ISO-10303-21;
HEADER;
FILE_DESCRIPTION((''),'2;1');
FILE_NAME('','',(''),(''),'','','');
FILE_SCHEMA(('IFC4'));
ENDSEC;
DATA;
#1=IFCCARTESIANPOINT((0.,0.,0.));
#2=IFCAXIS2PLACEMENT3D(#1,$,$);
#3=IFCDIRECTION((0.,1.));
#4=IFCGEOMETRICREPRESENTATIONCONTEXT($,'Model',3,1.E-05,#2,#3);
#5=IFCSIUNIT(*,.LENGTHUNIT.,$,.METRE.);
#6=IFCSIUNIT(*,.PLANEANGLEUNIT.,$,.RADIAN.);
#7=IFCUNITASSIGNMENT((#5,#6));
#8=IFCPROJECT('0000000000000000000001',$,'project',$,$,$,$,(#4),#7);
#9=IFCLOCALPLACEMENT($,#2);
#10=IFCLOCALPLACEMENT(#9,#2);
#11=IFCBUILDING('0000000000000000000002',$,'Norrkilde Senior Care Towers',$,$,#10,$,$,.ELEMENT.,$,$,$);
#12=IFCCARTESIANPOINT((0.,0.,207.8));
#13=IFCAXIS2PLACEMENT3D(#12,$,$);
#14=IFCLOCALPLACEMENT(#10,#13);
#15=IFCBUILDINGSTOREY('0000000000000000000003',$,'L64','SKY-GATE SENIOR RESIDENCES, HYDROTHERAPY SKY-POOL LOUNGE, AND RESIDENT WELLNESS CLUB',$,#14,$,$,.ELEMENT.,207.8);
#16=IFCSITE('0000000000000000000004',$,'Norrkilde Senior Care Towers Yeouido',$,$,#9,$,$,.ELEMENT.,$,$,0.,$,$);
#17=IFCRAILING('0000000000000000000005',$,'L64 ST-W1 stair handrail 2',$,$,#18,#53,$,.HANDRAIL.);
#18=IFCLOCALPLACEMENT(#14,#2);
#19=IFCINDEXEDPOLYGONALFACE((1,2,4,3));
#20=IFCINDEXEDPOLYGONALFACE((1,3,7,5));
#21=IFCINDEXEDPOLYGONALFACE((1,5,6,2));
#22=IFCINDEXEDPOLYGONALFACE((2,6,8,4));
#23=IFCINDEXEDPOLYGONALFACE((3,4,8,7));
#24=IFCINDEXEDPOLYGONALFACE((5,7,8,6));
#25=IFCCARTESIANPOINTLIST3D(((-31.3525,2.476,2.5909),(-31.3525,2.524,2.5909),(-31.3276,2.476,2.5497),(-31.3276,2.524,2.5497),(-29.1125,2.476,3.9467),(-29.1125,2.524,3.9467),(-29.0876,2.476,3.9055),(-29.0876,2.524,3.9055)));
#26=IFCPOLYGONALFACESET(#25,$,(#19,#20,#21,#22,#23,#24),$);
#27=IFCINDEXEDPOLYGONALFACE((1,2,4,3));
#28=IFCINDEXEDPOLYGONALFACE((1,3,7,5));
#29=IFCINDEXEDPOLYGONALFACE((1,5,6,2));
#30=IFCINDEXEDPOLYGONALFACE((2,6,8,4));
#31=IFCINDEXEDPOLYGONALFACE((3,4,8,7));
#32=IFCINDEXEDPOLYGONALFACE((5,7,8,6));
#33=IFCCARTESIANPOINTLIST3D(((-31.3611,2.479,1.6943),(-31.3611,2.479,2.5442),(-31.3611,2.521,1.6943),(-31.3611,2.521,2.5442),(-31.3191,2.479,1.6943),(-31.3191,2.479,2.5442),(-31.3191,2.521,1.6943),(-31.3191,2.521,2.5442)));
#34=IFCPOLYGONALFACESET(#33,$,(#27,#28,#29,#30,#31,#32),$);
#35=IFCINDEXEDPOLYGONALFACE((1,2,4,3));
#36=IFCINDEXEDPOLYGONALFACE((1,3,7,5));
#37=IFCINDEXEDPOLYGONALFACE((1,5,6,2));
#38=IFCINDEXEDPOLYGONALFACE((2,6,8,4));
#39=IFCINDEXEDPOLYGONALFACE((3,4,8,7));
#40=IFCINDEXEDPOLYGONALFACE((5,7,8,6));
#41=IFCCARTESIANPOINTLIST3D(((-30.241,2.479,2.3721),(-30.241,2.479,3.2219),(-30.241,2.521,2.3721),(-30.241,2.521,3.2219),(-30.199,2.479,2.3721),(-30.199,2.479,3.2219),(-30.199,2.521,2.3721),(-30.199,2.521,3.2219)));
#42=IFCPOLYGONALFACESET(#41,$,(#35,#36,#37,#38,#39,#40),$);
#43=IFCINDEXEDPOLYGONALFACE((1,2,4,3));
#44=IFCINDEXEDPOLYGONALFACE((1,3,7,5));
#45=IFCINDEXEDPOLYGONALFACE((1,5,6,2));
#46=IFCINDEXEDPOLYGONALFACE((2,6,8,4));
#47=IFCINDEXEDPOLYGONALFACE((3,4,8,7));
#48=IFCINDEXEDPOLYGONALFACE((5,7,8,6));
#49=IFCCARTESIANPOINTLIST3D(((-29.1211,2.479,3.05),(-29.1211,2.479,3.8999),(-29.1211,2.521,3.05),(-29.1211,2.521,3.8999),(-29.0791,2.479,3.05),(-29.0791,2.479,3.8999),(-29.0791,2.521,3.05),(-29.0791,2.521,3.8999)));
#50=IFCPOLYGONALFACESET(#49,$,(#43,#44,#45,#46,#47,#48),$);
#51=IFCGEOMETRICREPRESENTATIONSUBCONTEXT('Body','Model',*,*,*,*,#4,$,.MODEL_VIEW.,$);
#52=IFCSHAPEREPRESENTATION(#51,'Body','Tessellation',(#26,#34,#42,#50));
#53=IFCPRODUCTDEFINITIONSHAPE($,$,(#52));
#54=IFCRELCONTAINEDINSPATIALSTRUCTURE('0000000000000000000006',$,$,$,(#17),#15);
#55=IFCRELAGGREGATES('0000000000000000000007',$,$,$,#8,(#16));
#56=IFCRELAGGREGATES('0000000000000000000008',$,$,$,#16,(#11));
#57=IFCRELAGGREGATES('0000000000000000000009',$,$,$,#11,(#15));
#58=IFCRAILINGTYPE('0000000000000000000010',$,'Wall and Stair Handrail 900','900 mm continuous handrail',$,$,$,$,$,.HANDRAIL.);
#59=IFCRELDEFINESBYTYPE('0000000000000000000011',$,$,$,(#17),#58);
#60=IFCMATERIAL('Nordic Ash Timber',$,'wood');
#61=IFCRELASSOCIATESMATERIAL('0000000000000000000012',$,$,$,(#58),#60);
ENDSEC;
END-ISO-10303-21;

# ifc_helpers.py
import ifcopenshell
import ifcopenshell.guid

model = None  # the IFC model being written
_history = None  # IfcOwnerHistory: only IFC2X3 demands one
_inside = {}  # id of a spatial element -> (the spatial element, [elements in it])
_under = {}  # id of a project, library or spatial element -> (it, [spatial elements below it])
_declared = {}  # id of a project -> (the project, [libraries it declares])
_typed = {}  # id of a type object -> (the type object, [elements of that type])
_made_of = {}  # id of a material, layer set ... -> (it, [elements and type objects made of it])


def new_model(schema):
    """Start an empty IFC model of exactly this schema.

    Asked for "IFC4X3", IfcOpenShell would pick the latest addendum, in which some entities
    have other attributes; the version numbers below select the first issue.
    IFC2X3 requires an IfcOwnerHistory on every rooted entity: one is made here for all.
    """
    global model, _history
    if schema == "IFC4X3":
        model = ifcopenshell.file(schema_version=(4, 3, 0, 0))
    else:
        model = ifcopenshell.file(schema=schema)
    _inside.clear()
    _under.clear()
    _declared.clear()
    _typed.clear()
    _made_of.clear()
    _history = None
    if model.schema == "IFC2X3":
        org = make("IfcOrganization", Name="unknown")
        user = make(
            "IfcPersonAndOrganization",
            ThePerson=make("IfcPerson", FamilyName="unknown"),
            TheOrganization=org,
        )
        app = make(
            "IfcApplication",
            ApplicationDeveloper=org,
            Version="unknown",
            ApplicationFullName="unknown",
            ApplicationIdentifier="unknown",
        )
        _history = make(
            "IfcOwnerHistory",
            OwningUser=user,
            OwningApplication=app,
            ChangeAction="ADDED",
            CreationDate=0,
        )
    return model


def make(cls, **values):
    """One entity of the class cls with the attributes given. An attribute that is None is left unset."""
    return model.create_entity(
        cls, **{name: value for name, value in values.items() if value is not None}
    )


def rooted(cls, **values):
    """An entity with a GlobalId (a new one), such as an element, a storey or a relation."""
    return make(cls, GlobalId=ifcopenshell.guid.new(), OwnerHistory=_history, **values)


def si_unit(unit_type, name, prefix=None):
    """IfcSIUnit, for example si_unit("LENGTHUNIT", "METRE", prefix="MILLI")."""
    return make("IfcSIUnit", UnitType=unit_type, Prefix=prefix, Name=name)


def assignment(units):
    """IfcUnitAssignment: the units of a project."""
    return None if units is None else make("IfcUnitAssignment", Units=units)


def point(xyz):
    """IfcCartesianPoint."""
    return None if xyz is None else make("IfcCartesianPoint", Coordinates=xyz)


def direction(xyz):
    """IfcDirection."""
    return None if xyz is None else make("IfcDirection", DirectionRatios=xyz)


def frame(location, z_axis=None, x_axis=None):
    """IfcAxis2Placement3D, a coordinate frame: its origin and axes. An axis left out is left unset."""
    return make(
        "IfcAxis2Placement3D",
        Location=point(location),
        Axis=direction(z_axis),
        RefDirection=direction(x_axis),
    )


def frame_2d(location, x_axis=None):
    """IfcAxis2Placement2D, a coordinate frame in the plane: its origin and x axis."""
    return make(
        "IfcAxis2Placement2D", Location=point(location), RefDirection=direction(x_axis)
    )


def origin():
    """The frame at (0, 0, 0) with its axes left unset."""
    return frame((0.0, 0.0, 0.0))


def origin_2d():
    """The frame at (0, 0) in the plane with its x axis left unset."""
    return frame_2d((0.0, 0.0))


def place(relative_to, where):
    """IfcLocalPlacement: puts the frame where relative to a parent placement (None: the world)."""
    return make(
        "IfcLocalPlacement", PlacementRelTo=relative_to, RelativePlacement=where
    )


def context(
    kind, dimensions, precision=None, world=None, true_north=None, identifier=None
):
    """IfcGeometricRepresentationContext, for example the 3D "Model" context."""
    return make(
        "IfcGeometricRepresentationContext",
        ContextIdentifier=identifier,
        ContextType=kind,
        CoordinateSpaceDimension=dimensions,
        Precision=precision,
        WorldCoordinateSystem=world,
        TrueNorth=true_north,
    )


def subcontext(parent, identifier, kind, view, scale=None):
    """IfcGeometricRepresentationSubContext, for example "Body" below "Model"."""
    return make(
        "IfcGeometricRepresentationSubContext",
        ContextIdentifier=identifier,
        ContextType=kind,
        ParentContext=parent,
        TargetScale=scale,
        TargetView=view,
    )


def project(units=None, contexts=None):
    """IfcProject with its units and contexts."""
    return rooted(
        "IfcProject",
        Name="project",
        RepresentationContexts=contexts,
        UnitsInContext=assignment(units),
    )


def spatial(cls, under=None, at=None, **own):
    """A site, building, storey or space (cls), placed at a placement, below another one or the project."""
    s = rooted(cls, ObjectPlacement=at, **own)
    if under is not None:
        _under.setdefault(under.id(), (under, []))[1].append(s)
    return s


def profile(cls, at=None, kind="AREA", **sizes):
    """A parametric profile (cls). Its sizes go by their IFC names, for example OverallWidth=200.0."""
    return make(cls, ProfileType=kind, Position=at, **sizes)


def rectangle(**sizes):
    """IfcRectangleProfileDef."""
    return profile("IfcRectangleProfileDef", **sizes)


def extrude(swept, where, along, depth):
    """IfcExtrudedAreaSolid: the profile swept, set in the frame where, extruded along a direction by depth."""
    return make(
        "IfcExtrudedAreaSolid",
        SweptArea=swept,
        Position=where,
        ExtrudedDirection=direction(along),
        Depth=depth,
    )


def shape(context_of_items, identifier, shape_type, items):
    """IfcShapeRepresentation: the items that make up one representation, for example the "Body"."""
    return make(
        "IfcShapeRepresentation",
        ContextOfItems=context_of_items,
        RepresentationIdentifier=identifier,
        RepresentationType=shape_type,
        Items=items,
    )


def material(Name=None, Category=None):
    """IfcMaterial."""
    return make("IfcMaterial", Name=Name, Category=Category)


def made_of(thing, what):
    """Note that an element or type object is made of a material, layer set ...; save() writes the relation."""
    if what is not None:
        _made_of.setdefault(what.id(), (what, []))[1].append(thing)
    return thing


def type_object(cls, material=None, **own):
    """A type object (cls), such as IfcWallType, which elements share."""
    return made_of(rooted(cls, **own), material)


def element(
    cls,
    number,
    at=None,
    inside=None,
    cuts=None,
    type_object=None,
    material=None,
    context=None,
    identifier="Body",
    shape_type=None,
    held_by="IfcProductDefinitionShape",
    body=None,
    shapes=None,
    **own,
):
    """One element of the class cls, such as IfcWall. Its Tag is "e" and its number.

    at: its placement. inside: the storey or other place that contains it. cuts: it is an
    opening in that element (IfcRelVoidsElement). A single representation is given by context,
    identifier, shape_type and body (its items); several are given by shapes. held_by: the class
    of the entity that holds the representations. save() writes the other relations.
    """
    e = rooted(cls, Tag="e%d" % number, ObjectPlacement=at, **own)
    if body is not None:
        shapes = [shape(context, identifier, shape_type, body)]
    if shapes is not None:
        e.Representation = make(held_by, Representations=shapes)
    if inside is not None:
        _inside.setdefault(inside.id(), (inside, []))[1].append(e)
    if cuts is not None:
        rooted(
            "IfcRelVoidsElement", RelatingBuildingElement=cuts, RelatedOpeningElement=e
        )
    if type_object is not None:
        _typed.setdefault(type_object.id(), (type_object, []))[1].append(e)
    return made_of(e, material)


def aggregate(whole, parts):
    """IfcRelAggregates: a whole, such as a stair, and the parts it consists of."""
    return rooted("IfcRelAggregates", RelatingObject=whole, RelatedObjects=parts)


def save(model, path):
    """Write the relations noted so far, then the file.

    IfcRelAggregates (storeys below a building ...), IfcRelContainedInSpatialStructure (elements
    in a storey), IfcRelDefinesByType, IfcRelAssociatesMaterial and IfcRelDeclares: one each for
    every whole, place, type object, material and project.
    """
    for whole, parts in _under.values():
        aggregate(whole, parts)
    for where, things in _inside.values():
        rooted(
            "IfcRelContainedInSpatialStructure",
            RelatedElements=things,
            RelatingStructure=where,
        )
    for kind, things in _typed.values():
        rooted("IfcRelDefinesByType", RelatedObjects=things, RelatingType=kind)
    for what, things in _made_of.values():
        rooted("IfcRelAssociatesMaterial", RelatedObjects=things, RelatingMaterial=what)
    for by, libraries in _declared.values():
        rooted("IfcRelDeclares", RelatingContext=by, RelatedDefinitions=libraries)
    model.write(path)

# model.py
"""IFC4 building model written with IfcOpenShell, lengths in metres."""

from ifc_helpers import new_model, si_unit, direction, frame, origin, origin_2d, place, context, subcontext, project, spatial, rectangle, extrude, material, type_object, element, save


model = new_model("IFC4")

# Units and contexts
model_context = context("Model", 3, precision=1e-05, world=origin(), true_north=direction((0.0, 1.0)))
body_context = subcontext(model_context, "Body", "Model", "MODEL_VIEW")
ifc_project = project(units=[si_unit("LENGTHUNIT", "METRE"), si_unit("PLANEANGLEUNIT", "RADIAN")], contexts=[model_context])

# Site, building, storey
site_placement = place(None, origin())
site = spatial("IfcSite", under=ifc_project, at=site_placement, Name="Norrkilde Senior Care Towers Yeouido", CompositionType="ELEMENT", RefElevation=0.0)
building_placement = place(site_placement, origin())
building = spatial("IfcBuilding", under=site, at=building_placement, Name="Norrkilde Senior Care Towers", CompositionType="ELEMENT")
storey_placement = place(building_placement, frame((0.0, 0.0, 207.8)))
storey = spatial("IfcBuildingStorey", under=building, at=storey_placement, Name="L64", Description="SKY-GATE SENIOR RESIDENCES, HYDROTHERAPY SKY-POOL LOUNGE, AND RESIDENT WELLNESS CLUB", CompositionType="ELEMENT", Elevation=207.8)

# Railing
ifc_material_1 = material(Name="Nordic Ash Timber", Category="wood")
railing_type_1 = type_object("IfcRailingType", Name="Wall and Stair Handrail 900", Description="900 mm continuous handrail", PredefinedType="HANDRAIL", material=ifc_material_1)
railing_1_placement = place(storey_placement, frame((-31.3401, 2.5, 1.6943)))
element("IfcRailing", 1, at=railing_1_placement, inside=storey, type_object=railing_type_1, Name="L64 ST-W1 stair handrail 2", PredefinedType="HANDRAIL", context=body_context, shape_type="SweptSolid", body=[
    extrude(rectangle(XDim=0.0481, YDim=0.0481, at=origin_2d()), frame((0.0, 0.0, 0.876), z_axis=(0.855512, 0.0, 0.517783), x_axis=(0.0, 1.0, 0.0)), (0.0, 0.0, 1.0), 2.6184),
    extrude(rectangle(XDim=0.042, YDim=0.042, at=origin_2d()), origin(), (0.0, 0.0, 1.0), 0.8499),
    extrude(rectangle(XDim=0.042, YDim=0.042, at=origin_2d()), frame((1.1201, 0.0, 0.6777)), (0.0, 0.0, 1.0), 0.8499),
    extrude(rectangle(XDim=0.042, YDim=0.042, at=origin_2d()), frame((2.24, 0.0, 1.3557)), (0.0, 0.0, 1.0), 0.8499),
])

save(model, "model.ifc")
